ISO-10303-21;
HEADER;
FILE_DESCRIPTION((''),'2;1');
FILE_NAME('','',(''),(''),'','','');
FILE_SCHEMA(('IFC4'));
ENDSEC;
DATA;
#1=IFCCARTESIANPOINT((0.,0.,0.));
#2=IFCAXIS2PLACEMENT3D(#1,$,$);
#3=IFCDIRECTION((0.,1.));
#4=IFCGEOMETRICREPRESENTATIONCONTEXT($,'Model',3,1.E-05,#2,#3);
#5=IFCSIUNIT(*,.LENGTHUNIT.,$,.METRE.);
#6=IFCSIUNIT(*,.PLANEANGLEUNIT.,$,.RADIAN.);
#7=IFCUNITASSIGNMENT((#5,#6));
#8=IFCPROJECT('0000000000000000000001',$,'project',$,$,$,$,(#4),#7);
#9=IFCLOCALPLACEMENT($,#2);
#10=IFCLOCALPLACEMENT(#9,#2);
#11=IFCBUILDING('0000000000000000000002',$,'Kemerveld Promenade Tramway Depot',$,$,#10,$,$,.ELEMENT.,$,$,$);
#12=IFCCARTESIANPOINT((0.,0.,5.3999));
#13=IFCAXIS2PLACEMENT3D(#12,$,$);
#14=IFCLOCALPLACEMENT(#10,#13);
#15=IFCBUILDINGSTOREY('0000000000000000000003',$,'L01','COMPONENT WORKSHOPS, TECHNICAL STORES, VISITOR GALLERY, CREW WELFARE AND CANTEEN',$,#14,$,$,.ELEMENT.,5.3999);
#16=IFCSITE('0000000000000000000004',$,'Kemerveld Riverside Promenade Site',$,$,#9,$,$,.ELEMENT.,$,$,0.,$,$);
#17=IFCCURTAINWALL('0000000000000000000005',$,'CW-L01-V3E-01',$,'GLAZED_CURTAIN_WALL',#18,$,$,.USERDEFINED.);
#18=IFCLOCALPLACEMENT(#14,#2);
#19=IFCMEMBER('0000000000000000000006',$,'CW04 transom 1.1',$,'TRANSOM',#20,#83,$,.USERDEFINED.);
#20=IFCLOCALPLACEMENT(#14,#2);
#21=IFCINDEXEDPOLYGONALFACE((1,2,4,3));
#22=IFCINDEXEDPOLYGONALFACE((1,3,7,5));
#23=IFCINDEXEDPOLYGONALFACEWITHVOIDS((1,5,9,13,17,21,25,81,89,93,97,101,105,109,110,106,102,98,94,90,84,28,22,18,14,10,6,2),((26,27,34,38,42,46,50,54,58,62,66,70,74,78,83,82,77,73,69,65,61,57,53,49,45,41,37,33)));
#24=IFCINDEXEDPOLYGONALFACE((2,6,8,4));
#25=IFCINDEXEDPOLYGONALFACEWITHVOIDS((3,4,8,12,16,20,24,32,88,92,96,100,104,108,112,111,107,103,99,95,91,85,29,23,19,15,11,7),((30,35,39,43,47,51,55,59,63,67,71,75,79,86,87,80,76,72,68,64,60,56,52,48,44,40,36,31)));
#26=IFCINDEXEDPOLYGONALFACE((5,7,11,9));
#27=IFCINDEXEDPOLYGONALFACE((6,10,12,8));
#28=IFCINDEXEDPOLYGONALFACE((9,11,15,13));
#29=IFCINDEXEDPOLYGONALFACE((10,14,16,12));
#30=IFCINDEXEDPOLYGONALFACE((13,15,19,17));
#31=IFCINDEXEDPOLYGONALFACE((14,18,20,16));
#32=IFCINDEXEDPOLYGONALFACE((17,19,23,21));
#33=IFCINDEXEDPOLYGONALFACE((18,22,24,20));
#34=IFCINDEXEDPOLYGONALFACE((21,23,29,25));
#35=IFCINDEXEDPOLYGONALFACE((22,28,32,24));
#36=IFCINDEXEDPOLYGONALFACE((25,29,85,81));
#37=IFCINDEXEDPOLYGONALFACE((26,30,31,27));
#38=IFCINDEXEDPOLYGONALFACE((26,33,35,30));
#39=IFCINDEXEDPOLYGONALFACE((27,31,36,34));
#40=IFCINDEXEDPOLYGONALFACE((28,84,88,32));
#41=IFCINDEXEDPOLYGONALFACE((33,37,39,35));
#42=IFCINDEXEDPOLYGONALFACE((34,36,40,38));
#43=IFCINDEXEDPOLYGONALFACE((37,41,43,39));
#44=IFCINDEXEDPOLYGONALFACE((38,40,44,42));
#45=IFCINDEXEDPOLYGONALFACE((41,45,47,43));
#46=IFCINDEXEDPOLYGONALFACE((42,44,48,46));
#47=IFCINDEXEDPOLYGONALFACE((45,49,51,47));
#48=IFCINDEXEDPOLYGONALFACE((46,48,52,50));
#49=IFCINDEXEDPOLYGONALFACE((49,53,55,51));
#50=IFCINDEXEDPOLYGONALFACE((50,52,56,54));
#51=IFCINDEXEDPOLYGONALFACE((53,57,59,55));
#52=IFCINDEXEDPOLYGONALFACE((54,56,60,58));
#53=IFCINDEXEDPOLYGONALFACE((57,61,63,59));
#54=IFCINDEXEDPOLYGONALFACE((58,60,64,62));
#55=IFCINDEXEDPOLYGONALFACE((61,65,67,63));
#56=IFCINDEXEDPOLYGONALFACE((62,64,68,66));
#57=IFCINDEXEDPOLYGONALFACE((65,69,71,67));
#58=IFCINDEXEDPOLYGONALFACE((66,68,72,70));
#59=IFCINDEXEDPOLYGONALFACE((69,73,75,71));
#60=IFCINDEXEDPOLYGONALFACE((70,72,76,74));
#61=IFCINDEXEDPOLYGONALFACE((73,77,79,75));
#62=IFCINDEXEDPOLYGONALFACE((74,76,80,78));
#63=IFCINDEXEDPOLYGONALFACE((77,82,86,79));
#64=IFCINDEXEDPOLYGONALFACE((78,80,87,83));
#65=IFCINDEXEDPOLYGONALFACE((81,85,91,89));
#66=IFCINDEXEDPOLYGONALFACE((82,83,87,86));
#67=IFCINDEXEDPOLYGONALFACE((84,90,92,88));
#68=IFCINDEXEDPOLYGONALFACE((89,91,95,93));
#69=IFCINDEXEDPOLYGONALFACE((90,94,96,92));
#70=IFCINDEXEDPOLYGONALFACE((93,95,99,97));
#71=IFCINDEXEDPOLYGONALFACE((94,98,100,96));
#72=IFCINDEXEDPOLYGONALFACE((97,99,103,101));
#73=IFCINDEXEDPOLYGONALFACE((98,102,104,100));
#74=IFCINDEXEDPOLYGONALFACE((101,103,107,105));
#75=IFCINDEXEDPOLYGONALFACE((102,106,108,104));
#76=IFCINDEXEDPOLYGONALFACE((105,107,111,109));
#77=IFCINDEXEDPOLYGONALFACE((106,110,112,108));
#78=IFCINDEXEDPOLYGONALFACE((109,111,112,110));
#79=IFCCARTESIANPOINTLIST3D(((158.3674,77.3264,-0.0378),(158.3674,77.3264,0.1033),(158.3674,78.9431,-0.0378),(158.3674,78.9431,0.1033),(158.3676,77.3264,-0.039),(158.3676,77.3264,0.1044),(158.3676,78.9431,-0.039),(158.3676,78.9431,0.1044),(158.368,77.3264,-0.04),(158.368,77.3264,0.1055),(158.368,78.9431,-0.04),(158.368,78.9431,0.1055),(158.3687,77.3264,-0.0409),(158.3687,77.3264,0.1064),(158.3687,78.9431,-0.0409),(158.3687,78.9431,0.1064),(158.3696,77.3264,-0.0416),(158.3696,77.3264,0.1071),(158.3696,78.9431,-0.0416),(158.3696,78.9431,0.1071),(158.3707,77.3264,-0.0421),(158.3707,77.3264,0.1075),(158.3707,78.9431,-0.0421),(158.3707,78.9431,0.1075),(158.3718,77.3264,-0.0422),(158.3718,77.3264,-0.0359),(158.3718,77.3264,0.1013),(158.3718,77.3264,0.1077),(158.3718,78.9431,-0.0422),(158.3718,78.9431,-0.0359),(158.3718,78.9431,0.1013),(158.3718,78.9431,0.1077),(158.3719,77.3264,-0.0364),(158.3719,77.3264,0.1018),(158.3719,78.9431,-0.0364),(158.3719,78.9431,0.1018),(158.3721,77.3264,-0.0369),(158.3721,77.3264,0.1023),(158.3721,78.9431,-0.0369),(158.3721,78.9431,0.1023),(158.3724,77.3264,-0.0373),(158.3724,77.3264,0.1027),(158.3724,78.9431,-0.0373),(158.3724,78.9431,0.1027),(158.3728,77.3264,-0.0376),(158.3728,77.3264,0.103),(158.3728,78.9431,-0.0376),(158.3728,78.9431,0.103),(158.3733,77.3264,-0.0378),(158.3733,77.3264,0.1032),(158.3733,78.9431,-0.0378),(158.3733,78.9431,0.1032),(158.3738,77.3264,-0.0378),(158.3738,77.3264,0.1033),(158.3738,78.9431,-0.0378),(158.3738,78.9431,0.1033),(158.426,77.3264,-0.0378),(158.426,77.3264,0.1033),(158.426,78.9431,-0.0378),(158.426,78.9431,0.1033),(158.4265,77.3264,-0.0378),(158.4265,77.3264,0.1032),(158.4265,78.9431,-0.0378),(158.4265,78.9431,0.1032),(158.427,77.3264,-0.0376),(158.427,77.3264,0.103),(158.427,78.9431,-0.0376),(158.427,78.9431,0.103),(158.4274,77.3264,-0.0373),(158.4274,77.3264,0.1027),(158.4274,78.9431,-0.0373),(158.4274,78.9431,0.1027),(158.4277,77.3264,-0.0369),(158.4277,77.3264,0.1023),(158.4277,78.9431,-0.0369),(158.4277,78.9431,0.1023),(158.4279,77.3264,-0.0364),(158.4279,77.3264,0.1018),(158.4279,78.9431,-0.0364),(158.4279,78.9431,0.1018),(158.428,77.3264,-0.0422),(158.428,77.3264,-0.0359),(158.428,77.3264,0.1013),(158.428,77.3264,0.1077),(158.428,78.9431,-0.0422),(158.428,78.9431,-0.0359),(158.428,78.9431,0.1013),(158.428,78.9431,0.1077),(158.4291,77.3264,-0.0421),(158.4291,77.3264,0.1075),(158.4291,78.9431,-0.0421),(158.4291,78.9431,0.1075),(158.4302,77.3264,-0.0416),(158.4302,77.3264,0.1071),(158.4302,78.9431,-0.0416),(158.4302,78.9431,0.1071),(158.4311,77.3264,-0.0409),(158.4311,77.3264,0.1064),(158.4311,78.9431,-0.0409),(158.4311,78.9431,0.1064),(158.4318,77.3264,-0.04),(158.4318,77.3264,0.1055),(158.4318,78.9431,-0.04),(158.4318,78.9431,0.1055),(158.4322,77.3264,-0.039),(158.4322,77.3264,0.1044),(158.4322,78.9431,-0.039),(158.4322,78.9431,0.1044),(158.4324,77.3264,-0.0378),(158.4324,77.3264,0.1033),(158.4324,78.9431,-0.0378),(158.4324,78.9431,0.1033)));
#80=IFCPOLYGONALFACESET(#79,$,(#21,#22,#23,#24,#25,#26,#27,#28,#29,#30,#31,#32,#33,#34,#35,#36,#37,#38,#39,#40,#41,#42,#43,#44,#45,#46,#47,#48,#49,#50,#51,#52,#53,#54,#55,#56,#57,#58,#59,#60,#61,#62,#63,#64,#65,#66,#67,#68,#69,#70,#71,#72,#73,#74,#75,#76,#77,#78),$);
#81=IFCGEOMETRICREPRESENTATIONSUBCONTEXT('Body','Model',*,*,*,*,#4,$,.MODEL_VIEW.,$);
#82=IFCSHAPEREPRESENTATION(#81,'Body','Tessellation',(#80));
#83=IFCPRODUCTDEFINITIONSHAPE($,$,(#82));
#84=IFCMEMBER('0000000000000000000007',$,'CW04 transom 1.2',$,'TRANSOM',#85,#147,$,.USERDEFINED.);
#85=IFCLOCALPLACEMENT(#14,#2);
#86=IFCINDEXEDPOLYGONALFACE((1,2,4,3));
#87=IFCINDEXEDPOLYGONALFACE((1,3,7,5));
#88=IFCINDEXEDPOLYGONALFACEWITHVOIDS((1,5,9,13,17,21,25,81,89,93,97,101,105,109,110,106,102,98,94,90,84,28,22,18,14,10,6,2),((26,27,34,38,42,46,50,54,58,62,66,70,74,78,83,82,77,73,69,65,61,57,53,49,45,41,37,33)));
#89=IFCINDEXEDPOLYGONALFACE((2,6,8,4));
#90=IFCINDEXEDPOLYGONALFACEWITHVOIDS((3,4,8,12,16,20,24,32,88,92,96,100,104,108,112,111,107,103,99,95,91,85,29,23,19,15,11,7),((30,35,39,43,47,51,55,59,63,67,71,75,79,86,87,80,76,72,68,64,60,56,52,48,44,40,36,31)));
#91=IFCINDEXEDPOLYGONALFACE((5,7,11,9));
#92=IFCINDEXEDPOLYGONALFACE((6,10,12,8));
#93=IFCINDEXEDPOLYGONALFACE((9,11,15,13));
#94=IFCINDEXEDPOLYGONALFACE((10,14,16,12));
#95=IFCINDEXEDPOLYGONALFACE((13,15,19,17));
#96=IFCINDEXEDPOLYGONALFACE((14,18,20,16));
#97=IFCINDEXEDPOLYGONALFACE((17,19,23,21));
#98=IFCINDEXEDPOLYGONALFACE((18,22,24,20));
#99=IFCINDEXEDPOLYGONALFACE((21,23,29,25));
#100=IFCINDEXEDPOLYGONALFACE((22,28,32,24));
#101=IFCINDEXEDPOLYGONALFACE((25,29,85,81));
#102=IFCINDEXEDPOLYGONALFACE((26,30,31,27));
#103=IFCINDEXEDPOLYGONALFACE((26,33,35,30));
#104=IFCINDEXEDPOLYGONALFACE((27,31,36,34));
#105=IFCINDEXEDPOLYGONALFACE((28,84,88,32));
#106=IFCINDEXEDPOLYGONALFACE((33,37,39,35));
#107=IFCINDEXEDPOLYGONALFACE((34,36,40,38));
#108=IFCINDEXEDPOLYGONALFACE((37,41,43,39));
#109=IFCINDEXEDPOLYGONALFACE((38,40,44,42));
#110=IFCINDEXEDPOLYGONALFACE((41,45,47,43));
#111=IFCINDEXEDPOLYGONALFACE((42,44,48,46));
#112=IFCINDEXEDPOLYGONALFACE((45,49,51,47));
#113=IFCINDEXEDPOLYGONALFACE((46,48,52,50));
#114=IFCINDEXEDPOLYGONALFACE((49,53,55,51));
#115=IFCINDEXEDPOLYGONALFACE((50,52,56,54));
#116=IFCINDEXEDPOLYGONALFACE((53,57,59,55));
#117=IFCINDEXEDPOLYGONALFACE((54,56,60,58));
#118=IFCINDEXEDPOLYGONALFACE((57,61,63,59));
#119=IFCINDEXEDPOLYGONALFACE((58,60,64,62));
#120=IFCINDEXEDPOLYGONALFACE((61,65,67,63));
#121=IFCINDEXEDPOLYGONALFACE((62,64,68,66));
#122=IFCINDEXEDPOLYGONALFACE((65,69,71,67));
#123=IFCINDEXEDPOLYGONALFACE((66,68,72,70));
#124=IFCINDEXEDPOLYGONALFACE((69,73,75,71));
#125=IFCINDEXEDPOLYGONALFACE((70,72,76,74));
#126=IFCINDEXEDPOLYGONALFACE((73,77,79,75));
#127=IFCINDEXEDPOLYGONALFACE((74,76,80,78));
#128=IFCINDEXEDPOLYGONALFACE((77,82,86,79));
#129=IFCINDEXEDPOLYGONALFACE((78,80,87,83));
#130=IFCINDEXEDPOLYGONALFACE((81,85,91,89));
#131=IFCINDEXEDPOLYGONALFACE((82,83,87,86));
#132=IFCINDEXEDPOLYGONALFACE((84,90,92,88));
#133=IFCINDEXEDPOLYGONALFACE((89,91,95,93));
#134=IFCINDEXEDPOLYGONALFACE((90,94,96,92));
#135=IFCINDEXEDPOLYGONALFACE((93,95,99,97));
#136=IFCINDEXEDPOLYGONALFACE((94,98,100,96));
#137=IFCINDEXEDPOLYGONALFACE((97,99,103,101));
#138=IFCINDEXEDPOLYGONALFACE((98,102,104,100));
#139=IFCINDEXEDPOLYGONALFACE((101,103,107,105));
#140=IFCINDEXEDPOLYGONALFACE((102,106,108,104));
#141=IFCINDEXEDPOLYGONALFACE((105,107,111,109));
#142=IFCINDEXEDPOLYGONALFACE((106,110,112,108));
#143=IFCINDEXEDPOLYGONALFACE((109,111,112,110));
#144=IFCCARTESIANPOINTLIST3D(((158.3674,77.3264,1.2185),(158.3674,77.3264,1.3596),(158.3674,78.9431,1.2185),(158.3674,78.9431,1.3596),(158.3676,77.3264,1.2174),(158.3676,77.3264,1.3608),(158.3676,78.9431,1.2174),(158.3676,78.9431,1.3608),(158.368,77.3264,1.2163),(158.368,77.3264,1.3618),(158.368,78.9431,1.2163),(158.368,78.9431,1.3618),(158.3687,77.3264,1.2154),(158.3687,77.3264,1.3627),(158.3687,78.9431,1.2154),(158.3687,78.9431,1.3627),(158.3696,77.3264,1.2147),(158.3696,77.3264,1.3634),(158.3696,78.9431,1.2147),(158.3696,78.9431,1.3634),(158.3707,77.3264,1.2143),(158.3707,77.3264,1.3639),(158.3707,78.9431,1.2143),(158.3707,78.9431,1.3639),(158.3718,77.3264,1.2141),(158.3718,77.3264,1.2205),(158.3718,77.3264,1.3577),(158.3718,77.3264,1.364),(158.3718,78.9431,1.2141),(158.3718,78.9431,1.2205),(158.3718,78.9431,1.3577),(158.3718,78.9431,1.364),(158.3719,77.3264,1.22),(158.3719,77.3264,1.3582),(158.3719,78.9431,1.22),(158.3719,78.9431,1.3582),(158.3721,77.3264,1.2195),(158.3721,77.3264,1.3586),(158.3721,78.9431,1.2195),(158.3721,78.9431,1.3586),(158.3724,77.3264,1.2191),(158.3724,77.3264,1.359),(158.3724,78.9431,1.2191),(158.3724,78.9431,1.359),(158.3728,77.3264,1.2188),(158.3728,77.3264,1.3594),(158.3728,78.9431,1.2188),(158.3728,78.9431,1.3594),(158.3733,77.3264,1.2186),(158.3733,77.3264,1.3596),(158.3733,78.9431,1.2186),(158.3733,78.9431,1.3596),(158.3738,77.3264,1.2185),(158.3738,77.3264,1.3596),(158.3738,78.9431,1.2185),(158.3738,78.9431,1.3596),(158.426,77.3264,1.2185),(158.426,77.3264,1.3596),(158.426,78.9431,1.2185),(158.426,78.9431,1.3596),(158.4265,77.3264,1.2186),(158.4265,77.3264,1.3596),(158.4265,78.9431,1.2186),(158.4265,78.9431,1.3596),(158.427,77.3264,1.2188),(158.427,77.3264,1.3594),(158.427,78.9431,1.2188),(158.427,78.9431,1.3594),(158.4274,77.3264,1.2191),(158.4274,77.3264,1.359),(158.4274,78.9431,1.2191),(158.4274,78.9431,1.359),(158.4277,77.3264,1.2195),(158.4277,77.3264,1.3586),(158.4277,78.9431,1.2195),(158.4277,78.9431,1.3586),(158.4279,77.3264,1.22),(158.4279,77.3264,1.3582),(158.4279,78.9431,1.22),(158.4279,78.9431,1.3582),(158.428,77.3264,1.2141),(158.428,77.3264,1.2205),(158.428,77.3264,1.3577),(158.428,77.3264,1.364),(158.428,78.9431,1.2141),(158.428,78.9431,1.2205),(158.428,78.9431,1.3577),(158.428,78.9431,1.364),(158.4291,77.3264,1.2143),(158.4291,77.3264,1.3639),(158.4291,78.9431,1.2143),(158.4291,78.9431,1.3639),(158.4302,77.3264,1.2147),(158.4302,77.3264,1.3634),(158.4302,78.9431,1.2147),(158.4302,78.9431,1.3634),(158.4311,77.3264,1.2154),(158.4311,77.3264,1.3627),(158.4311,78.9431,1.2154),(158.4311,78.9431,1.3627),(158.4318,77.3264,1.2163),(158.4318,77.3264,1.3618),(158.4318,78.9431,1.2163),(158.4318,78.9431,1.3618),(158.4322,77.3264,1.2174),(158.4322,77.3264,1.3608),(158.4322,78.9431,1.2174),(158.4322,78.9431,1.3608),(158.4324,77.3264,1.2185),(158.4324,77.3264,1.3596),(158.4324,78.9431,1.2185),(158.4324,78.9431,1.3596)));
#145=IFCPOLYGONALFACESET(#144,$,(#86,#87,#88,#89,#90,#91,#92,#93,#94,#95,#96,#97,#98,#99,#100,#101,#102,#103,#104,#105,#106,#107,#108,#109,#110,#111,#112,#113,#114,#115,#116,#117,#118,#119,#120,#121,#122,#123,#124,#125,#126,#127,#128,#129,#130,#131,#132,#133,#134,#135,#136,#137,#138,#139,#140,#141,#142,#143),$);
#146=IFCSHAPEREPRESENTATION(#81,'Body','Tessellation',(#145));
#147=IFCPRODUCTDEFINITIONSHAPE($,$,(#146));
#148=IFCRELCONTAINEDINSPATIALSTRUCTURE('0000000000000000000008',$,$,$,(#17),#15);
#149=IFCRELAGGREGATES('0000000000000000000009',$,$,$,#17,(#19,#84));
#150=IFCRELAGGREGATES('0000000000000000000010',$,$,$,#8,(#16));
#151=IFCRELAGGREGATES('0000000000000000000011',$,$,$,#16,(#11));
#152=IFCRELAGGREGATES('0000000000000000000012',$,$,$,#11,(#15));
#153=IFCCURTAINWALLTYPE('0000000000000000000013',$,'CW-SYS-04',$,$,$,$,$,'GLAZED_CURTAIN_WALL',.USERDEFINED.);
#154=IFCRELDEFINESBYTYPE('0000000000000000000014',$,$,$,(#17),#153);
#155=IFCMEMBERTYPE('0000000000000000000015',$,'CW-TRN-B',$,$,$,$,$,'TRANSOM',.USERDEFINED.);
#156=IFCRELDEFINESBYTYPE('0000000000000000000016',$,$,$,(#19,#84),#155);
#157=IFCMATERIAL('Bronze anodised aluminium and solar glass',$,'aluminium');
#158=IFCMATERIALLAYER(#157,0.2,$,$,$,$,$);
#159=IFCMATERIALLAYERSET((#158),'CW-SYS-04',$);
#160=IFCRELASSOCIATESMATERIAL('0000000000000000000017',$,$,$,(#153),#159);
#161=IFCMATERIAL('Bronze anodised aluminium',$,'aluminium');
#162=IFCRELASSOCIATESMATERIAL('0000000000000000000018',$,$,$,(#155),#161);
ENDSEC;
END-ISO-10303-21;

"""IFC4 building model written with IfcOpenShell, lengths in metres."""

from ifc_helpers import new_model, si_unit, direction, frame, origin, origin_2d, place, context, subcontext, project, spatial, hollow_rectangle, extrude, material, layer, layer_set, material_profile, profile_set, type_object, element, aggregate, save


model = new_model("IFC4")

# Units and contexts
model_context = context("Model", 3, precision=1e-05, world=origin(), true_north=direction((0.0, 1.0)))
body_context = subcontext(model_context, "Body", "Model", "MODEL_VIEW")
ifc_project = project(units=[si_unit("LENGTHUNIT", "METRE"), si_unit("PLANEANGLEUNIT", "RADIAN")], contexts=[model_context])

# Site, building, storey
site_placement = place(None, origin())
site = spatial("IfcSite", under=ifc_project, at=site_placement, Name="Kemerveld Riverside Promenade Site", CompositionType="ELEMENT", RefElevation=0.0)
building_placement = place(site_placement, origin())
building = spatial("IfcBuilding", under=site, at=building_placement, Name="Kemerveld Promenade Tramway Depot", CompositionType="ELEMENT")
storey_placement = place(building_placement, frame((0.0, 0.0, 5.3999)))
storey = spatial("IfcBuildingStorey", under=building, at=storey_placement, Name="L01", Description="COMPONENT WORKSHOPS, TECHNICAL STORES, VISITOR GALLERY, CREW WELFARE AND CANTEEN", CompositionType="ELEMENT", Elevation=5.3999)

# Curtain wall, members
ifc_material_1 = material(Name="Bronze anodised aluminium and solar glass", Category="aluminium")
ifc_layer_1 = layer(ifc_material_1, 0.2)
ifc_layer_set_1 = layer_set([ifc_layer_1], Name="CW-SYS-04")
curtain_wall_type = type_object("IfcCurtainWallType", Name="CW-SYS-04", ElementType="GLAZED_CURTAIN_WALL", PredefinedType="USERDEFINED", material=ifc_layer_set_1)
curtain_wall_placement = place(storey_placement, origin())
curtain_wall = element("IfcCurtainWall", 1, at=curtain_wall_placement, inside=storey, type_object=curtain_wall_type, Name="CW-L01-V3E-01", ObjectType="GLAZED_CURTAIN_WALL", PredefinedType="USERDEFINED")
ifc_material_2 = material(Name="Bronze anodised aluminium", Category="aluminium")
ifc_material_profile_1 = material_profile(ifc_material_2, hollow_rectangle(XDim=0.0649, YDim=0.1499, WallThickness=0.0044, InnerFilletRadius=0.002, OuterFilletRadius=0.0044, at=origin_2d()), Name="CW-TRN-150x65")
ifc_profile_set_1 = profile_set([ifc_material_profile_1], Name="Bronze anodised aluminium")
member_type_1 = type_object("IfcMemberType", Name="CW-TRN-B", ElementType="TRANSOM", PredefinedType="USERDEFINED", material=ifc_profile_set_1)
member_1_placement = place(storey_placement, frame((158.3999, 78.9431, 0.0327), z_axis=(0.0, -1.0, 0.0), x_axis=(1.0, 0.0, 0.0)))
member_1 = element("IfcMember", 2, at=member_1_placement, type_object=member_type_1, Name="CW04 transom 1.1", ObjectType="TRANSOM", PredefinedType="USERDEFINED", context=body_context, shape_type="SweptSolid", body=[
    extrude(hollow_rectangle(XDim=0.0649, YDim=0.1499, WallThickness=0.0044, InnerFilletRadius=0.002, OuterFilletRadius=0.0044, at=origin_2d()), origin(), (0.0, 0.0, 1.0), 1.6167),
])
member_2_placement = place(storey_placement, frame((158.3999, 78.9431, 1.2891), z_axis=(0.0, -1.0, 0.0), x_axis=(1.0, 0.0, 0.0)))
member_2 = element("IfcMember", 3, at=member_2_placement, type_object=member_type_1, Name="CW04 transom 1.2", ObjectType="TRANSOM", PredefinedType="USERDEFINED", context=body_context, shape_type="SweptSolid", body=[
    extrude(hollow_rectangle(XDim=0.0649, YDim=0.1499, WallThickness=0.0044, InnerFilletRadius=0.002, OuterFilletRadius=0.0044, at=origin_2d()), origin(), (0.0, 0.0, 1.0), 1.6167),
])
aggregate(curtain_wall, [member_1, member_2])

save(model, "model.ifc")
